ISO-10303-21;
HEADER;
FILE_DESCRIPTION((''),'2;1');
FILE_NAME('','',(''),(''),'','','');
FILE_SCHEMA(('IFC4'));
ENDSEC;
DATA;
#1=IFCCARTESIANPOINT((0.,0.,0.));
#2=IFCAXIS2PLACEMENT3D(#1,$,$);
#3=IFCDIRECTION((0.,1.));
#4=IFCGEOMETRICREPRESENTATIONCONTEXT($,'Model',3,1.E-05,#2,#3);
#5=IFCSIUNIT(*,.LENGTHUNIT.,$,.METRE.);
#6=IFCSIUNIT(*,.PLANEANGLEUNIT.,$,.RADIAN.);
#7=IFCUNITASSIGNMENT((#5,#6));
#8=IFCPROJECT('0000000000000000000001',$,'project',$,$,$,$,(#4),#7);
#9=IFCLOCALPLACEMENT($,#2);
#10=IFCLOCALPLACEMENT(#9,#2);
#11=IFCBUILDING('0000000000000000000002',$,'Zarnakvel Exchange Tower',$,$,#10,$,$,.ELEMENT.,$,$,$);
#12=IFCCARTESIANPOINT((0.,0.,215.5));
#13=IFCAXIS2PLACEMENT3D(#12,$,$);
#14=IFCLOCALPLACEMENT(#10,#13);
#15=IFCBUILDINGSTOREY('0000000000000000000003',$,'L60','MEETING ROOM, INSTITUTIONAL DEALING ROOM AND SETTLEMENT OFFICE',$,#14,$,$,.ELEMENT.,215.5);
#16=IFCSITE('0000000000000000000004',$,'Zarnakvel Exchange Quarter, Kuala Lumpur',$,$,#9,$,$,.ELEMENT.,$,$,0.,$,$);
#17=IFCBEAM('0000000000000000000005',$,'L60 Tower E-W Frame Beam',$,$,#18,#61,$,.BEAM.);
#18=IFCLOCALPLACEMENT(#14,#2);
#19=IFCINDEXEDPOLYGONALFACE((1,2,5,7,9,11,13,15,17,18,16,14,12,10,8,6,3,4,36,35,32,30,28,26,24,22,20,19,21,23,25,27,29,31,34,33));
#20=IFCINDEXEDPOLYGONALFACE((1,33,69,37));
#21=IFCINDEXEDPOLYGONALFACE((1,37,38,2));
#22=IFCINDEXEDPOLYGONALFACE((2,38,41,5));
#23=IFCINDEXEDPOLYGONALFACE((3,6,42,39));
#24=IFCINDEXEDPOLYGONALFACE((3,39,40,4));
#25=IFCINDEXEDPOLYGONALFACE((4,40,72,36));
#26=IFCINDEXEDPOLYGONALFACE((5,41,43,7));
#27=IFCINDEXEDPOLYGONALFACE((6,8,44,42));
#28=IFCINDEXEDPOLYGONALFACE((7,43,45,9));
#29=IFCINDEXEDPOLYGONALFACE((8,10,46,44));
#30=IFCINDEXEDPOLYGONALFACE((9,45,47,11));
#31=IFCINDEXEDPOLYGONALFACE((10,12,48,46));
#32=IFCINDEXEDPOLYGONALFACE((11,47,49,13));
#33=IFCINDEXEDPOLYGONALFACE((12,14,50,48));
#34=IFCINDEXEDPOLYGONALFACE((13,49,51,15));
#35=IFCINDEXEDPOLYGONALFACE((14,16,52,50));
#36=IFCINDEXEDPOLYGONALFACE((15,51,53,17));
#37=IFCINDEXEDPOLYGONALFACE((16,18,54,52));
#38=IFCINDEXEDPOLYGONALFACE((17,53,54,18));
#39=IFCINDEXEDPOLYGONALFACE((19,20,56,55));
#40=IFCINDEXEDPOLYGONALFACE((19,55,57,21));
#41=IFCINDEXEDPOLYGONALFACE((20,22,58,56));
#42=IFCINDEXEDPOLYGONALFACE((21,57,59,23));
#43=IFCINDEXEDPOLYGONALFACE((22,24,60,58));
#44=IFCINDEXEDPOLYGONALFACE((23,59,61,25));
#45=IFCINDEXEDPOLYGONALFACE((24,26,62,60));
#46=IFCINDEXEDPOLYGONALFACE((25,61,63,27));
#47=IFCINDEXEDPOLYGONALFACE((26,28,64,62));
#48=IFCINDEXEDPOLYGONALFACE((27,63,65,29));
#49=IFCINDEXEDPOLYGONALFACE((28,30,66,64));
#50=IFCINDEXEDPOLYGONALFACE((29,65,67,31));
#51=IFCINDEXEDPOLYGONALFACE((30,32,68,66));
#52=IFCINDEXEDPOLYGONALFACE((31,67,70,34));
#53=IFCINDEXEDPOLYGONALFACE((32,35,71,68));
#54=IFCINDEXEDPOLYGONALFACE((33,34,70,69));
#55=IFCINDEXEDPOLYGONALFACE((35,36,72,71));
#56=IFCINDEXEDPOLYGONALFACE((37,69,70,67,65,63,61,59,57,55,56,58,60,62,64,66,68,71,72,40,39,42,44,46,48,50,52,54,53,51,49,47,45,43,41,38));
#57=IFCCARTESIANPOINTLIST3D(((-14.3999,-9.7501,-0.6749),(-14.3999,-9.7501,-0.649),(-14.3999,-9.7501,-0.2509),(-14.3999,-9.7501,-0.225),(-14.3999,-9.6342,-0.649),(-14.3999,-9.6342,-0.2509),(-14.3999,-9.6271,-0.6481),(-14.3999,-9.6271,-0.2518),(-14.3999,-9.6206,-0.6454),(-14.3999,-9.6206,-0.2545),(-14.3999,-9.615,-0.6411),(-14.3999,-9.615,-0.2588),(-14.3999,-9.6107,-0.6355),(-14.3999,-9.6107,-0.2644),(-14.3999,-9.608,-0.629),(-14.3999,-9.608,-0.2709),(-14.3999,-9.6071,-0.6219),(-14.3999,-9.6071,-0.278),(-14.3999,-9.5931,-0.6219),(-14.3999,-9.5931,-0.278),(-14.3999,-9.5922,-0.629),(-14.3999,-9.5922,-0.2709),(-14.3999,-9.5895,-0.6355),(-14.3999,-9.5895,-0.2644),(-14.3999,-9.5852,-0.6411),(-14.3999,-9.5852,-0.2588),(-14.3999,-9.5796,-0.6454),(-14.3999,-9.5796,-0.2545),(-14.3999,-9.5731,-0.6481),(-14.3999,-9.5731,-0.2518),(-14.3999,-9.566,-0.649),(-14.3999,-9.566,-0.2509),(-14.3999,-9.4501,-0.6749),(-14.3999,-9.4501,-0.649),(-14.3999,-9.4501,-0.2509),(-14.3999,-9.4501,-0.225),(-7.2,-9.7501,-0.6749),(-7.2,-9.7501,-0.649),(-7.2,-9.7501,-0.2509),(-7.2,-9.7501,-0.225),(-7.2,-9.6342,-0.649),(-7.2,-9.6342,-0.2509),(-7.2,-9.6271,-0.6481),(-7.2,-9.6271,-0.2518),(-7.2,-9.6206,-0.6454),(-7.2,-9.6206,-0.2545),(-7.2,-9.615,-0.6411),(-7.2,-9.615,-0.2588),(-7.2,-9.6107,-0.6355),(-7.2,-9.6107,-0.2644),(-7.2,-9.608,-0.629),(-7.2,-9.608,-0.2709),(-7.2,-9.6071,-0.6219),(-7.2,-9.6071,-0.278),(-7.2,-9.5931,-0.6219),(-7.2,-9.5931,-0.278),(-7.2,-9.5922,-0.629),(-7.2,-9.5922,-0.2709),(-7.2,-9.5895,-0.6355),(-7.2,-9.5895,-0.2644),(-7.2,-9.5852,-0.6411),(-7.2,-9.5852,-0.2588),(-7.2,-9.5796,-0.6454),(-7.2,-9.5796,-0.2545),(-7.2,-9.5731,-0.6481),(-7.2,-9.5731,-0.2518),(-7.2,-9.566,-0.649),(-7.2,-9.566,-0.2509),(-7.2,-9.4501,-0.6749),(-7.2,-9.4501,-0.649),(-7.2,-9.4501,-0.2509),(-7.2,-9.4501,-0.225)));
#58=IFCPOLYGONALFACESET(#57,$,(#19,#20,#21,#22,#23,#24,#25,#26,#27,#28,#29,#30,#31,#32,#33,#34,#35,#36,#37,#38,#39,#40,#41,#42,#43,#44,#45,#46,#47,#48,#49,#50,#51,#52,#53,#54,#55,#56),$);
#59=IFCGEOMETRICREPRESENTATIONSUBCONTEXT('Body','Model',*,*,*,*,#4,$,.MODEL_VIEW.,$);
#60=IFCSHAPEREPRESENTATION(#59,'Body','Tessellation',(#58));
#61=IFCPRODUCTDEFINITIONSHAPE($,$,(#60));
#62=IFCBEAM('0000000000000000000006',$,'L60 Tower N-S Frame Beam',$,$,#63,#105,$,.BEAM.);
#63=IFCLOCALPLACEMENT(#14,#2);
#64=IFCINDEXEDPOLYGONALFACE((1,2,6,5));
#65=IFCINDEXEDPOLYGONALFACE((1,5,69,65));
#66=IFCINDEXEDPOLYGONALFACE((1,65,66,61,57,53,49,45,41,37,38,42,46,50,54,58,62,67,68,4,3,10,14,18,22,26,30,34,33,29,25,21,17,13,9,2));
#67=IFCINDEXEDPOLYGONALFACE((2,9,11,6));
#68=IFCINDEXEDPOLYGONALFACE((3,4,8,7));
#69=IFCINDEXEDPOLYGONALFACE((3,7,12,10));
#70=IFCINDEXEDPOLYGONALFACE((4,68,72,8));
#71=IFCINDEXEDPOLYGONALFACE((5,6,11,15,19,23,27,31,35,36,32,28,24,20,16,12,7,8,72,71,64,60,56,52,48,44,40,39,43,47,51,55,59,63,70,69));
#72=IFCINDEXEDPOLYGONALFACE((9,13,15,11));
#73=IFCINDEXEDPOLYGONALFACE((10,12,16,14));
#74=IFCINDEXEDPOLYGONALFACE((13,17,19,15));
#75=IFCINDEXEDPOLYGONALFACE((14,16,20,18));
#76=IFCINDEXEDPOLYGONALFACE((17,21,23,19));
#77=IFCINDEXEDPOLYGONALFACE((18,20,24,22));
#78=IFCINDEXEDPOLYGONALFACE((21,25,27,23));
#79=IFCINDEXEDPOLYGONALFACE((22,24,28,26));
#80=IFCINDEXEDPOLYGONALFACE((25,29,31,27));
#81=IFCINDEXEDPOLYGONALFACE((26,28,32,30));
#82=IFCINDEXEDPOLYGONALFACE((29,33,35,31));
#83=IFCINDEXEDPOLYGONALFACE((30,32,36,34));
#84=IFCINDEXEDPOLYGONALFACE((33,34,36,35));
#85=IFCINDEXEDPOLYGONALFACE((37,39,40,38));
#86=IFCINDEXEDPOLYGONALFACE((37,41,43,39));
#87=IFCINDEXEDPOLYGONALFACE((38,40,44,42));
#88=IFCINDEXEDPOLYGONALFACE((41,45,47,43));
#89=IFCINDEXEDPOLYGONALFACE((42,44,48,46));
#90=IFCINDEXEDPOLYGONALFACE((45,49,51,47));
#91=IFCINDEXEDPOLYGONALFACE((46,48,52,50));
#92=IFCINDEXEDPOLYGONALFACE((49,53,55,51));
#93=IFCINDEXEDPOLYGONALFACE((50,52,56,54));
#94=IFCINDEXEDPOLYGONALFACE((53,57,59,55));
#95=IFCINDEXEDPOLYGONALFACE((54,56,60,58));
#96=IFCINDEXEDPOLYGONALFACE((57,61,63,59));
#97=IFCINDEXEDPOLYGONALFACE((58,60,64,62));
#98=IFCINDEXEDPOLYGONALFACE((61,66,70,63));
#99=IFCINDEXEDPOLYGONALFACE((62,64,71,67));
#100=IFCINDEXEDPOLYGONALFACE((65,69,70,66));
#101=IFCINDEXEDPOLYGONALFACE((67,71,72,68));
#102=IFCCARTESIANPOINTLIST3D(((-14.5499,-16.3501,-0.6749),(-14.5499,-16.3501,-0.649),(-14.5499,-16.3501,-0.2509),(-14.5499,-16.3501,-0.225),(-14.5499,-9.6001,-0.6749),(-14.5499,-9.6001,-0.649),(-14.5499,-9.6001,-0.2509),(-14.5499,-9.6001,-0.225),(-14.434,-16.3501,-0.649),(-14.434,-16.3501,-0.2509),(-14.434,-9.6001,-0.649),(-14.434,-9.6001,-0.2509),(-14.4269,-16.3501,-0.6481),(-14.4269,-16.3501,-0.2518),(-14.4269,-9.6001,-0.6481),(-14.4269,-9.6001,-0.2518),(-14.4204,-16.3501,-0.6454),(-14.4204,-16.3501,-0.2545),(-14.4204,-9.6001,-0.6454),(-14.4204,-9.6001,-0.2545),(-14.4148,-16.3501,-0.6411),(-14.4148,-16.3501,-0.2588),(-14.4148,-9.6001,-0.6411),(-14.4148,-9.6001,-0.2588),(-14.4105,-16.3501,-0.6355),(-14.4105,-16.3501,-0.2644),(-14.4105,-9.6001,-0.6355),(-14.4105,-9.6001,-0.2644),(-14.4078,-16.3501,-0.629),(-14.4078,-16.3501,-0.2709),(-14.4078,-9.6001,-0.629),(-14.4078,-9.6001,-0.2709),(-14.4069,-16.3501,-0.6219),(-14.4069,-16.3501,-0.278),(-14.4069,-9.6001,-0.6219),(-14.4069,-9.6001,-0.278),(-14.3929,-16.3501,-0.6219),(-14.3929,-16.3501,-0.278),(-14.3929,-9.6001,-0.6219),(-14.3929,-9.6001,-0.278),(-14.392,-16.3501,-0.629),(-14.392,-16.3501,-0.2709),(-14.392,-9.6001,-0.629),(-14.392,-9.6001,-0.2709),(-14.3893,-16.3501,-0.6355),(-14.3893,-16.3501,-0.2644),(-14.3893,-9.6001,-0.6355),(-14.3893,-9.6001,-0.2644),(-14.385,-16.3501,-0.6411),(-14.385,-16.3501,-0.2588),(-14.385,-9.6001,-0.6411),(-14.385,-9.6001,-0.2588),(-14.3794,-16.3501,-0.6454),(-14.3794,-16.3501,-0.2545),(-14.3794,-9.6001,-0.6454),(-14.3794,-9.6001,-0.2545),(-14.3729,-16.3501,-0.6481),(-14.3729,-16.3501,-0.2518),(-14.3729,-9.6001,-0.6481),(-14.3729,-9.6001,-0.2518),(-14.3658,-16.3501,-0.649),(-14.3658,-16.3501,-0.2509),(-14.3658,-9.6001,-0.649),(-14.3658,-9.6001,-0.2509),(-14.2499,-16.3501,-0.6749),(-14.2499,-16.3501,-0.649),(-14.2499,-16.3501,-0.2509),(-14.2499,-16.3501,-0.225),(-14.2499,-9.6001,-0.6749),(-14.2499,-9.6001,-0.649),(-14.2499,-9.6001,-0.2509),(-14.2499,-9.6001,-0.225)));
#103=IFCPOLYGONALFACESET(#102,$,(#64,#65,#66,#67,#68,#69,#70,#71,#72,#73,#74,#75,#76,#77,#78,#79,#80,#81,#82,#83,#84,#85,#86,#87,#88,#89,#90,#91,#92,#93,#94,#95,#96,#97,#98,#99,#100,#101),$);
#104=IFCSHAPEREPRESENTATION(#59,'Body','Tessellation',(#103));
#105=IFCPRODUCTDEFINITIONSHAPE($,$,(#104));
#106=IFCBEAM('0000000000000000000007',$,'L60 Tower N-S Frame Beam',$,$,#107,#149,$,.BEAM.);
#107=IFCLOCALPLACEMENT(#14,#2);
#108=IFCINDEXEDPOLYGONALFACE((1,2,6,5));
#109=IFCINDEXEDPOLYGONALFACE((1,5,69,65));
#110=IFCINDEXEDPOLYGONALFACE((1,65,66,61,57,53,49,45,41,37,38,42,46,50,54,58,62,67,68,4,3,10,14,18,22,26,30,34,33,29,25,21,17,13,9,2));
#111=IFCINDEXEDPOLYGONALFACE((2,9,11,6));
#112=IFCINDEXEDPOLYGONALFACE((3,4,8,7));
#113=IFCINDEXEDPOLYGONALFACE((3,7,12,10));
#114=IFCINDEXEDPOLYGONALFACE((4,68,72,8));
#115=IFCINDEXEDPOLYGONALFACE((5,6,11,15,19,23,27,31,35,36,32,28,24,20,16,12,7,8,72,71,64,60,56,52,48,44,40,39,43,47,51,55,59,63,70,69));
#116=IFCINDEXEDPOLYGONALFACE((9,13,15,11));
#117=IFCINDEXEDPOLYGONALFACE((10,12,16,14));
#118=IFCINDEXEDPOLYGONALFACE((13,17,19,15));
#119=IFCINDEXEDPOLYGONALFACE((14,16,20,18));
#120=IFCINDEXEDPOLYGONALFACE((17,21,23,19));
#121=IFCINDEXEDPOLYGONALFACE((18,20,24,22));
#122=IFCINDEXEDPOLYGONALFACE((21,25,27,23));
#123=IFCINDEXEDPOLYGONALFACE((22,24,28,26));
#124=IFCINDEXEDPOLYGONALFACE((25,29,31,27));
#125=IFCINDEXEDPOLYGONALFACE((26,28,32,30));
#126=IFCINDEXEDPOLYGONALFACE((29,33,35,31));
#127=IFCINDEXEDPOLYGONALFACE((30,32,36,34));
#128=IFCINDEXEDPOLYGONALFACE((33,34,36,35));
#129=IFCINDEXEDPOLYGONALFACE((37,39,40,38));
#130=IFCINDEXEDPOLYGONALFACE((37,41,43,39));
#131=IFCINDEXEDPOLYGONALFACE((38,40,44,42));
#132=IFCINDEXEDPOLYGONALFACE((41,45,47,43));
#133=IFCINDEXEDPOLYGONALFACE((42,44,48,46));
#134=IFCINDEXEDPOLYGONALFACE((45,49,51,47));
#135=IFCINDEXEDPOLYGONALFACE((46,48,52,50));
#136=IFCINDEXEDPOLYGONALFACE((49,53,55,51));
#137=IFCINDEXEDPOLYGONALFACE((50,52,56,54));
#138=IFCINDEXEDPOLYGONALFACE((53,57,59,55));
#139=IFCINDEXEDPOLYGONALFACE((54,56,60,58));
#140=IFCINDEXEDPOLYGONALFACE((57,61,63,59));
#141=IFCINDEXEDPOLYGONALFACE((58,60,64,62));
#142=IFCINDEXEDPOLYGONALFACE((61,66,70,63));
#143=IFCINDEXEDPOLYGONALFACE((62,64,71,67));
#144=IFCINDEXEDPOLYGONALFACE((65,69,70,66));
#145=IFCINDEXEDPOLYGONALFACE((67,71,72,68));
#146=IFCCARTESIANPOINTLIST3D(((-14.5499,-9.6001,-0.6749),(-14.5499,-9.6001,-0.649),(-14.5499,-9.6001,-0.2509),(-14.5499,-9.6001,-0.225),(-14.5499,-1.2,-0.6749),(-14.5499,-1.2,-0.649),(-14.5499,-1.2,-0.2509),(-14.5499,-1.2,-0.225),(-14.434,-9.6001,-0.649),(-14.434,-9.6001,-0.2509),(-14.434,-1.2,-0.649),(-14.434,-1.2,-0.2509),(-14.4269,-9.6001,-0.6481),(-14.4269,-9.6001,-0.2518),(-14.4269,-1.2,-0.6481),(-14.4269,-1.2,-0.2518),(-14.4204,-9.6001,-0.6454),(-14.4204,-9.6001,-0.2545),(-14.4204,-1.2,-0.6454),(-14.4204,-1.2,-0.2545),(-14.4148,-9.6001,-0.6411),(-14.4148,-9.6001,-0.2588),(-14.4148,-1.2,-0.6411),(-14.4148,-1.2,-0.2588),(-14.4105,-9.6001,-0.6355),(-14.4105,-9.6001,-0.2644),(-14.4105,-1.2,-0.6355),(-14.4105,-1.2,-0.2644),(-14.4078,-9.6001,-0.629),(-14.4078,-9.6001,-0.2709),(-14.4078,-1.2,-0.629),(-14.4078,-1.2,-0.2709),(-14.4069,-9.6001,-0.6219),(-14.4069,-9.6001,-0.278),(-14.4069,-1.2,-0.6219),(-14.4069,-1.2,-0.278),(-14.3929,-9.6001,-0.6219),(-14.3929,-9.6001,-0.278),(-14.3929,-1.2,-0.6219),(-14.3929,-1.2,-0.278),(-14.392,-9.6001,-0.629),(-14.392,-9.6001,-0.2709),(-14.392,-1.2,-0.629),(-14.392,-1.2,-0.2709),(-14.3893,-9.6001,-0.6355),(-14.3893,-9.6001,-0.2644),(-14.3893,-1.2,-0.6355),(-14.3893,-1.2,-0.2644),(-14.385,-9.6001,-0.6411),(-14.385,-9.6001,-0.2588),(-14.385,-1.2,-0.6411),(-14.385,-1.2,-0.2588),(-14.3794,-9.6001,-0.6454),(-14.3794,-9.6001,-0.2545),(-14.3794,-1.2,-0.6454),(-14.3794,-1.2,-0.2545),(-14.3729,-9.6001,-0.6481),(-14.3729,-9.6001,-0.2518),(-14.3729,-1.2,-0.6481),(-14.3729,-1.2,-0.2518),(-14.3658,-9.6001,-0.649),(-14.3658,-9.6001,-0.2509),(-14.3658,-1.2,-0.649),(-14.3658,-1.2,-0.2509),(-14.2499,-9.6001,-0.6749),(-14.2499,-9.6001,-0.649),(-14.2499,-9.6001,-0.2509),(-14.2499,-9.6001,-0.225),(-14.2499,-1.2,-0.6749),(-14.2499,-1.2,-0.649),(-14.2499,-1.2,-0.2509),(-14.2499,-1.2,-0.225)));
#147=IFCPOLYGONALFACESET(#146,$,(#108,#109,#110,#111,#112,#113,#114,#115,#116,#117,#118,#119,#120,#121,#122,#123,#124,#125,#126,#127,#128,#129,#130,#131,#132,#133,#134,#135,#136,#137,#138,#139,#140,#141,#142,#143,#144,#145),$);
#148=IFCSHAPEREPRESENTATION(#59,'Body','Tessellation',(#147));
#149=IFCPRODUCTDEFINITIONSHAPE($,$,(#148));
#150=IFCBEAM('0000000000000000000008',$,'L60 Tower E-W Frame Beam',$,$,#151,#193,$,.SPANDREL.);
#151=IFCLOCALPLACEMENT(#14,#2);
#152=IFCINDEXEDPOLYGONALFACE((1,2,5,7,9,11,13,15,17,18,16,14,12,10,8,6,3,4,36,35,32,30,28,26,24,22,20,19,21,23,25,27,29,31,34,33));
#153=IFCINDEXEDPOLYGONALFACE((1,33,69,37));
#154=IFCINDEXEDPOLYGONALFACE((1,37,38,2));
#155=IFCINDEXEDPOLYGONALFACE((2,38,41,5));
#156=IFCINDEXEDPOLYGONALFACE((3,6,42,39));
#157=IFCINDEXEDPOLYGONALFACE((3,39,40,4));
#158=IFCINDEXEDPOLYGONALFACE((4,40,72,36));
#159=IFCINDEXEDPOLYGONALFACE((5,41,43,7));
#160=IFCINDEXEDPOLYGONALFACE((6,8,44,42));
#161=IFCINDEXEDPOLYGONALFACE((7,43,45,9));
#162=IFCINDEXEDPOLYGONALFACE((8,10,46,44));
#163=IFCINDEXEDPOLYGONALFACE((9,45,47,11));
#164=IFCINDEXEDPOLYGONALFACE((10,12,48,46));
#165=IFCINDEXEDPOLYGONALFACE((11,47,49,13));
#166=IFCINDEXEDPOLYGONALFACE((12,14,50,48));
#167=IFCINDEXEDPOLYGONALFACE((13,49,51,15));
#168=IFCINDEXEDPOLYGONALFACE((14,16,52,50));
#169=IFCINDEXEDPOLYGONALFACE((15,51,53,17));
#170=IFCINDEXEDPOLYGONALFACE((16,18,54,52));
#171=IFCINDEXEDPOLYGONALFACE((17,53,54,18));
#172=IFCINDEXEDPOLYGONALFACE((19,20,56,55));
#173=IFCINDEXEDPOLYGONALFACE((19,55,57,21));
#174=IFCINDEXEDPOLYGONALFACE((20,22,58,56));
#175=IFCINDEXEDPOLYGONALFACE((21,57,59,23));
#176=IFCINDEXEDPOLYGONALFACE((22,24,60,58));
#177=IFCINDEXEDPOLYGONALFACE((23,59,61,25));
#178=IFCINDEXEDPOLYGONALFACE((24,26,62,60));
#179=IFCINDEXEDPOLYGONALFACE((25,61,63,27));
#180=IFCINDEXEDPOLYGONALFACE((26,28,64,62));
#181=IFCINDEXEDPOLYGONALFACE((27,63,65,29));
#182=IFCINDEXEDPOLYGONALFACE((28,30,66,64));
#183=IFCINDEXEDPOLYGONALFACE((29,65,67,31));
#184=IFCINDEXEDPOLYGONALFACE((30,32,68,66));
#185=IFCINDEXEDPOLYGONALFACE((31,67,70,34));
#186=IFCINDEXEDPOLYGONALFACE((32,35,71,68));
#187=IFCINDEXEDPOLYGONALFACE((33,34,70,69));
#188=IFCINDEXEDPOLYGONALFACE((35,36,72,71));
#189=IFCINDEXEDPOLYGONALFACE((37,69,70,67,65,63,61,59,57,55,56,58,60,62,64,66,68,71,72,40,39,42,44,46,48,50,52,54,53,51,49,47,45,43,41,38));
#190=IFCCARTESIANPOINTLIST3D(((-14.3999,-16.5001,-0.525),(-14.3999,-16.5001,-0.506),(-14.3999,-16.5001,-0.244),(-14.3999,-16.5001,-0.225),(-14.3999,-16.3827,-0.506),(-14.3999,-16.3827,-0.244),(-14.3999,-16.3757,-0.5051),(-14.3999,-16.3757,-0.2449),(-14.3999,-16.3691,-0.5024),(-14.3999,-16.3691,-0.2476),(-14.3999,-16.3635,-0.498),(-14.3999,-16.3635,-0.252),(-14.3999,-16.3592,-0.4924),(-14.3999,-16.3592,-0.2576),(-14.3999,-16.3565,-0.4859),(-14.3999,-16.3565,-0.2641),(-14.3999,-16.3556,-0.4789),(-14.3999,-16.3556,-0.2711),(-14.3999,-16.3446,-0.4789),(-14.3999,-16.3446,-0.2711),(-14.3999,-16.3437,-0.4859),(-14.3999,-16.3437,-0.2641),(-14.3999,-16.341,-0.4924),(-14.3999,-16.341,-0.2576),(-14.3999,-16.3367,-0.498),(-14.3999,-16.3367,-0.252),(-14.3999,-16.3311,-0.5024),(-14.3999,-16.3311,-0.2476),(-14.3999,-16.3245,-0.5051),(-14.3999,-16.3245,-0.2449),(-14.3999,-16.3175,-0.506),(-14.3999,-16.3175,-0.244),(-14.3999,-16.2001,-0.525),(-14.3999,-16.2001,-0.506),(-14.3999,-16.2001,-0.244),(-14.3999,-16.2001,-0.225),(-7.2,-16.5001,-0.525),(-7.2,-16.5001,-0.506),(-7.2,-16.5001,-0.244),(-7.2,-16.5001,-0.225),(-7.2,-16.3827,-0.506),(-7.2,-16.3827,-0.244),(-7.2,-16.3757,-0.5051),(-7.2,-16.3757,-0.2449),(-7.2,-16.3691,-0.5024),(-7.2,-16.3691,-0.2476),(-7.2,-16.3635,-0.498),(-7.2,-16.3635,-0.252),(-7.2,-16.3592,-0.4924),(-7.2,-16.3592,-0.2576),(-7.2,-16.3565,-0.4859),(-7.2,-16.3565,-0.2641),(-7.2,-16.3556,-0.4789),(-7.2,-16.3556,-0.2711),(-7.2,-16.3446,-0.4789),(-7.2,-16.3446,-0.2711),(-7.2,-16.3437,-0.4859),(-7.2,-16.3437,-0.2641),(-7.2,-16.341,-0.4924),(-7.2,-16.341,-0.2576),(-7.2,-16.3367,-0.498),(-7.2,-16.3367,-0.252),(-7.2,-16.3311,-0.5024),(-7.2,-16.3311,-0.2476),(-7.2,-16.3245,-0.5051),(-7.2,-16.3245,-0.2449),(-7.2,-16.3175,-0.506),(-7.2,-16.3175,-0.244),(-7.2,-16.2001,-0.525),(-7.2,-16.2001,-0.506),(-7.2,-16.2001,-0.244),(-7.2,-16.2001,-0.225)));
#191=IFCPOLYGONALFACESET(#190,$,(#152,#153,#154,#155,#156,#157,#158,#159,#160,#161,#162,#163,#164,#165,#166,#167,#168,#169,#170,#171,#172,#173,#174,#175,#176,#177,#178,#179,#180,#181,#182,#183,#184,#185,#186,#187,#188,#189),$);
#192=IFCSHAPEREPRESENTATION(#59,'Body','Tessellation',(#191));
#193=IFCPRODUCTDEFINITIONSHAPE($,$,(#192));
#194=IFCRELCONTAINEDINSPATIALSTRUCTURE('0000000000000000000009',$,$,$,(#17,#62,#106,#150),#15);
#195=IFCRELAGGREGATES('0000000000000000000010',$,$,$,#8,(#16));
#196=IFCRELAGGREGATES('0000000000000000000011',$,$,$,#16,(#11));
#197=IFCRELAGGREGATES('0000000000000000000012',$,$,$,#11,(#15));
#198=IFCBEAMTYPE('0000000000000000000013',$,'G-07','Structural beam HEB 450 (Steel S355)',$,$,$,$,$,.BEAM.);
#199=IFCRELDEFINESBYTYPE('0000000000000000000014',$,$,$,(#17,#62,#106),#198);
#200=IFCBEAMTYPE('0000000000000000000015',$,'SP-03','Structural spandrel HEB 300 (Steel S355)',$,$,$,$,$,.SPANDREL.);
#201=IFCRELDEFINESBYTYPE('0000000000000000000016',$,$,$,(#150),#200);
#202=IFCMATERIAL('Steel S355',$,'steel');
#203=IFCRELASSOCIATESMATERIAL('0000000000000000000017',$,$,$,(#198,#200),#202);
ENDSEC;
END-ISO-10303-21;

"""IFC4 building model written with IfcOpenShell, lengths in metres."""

from ifc_helpers import new_model, si_unit, direction, frame, origin, origin_2d, place, context, subcontext, project, spatial, i_section, extrude, material, material_profile, profile_set, type_object, element, save


model = new_model("IFC4")

# Units and contexts
model_context = context("Model", 3, precision=1e-05, world=origin(), true_north=direction((0.0, 1.0)))
body_context = subcontext(model_context, "Body", "Model", "MODEL_VIEW")
ifc_project = project(units=[si_unit("LENGTHUNIT", "METRE"), si_unit("PLANEANGLEUNIT", "RADIAN")], contexts=[model_context])

# Site, building, storey
site_placement = place(None, origin())
site = spatial("IfcSite", under=ifc_project, at=site_placement, Name="Zarnakvel Exchange Quarter, Kuala Lumpur", CompositionType="ELEMENT", RefElevation=0.0)
building_placement = place(site_placement, origin())
building = spatial("IfcBuilding", under=site, at=building_placement, Name="Zarnakvel Exchange Tower", CompositionType="ELEMENT")
storey_placement = place(building_placement, frame((0.0, 0.0, 215.5)))
storey = spatial("IfcBuildingStorey", under=building, at=storey_placement, Name="L60", Description="MEETING ROOM, INSTITUTIONAL DEALING ROOM AND SETTLEMENT OFFICE", CompositionType="ELEMENT", Elevation=215.5)

# Shared definitions
ifc_material_1 = material(Name="Steel S355", Category="steel")

# Beams
ifc_material_profile_1 = material_profile(ifc_material_1, i_section(OverallWidth=0.3, OverallDepth=0.45, WebThickness=0.0139, FlangeThickness=0.0259, FilletRadius=0.0271, at=origin_2d()))
ifc_profile_set_1 = profile_set([ifc_material_profile_1], Name="Steel S355")
beam_type_1 = type_object("IfcBeamType", Name="G-07", Description="Structural beam HEB 450 (Steel S355)", PredefinedType="BEAM", material=ifc_profile_set_1)
beam_1_placement = place(storey_placement, frame((-14.3999, -9.6001, -0.45), z_axis=(1.0, 0.0, 0.0), x_axis=(0.0, 1.0, 0.0)))
element("IfcBeam", 1, at=beam_1_placement, inside=storey, type_object=beam_type_1, Name="L60 Tower E-W Frame Beam", PredefinedType="BEAM", context=body_context, shape_type="SweptSolid", body=[
    extrude(i_section(OverallWidth=0.3, OverallDepth=0.45, WebThickness=0.0139, FlangeThickness=0.0259, FilletRadius=0.0271, at=origin_2d()), origin(), (0.0, 0.0, 1.0), 7.2),
])
beam_2_placement = place(storey_placement, frame((-14.3999, -16.3501, -0.45), z_axis=(0.0, 1.0, 0.0), x_axis=(-1.0, 0.0, 0.0)))
element("IfcBeam", 2, at=beam_2_placement, inside=storey, type_object=beam_type_1, Name="L60 Tower N-S Frame Beam", PredefinedType="BEAM", context=body_context, shape_type="SweptSolid", body=[
    extrude(i_section(OverallWidth=0.3, OverallDepth=0.45, WebThickness=0.0139, FlangeThickness=0.0259, FilletRadius=0.0271, at=origin_2d()), origin(), (0.0, 0.0, 1.0), 6.75),
])
beam_3_placement = place(storey_placement, frame((-14.3999, -9.6001, -0.45), z_axis=(0.0, 1.0, 0.0), x_axis=(-1.0, 0.0, 0.0)))
element("IfcBeam", 3, at=beam_3_placement, inside=storey, type_object=beam_type_1, Name="L60 Tower N-S Frame Beam", PredefinedType="BEAM", context=body_context, shape_type="SweptSolid", body=[
    extrude(i_section(OverallWidth=0.3, OverallDepth=0.45, WebThickness=0.0139, FlangeThickness=0.0259, FilletRadius=0.0271, at=origin_2d()), origin(), (0.0, 0.0, 1.0), 8.4001),
])
ifc_material_profile_2 = material_profile(ifc_material_1, i_section(OverallWidth=0.3, OverallDepth=0.3, WebThickness=0.011, FlangeThickness=0.019, FilletRadius=0.0271, at=origin_2d()))
ifc_profile_set_2 = profile_set([ifc_material_profile_2], Name="Steel S355")
beam_type_2 = type_object("IfcBeamType", Name="SP-03", Description="Structural spandrel HEB 300 (Steel S355)", PredefinedType="SPANDREL", material=ifc_profile_set_2)
beam_4_placement = place(storey_placement, frame((-14.3999, -16.3501, -0.375), z_axis=(1.0, 0.0, 0.0), x_axis=(0.0, 1.0, 0.0)))
element("IfcBeam", 4, at=beam_4_placement, inside=storey, type_object=beam_type_2, Name="L60 Tower E-W Frame Beam", PredefinedType="SPANDREL", context=body_context, shape_type="SweptSolid", body=[
    extrude(i_section(OverallWidth=0.3, OverallDepth=0.3, WebThickness=0.011, FlangeThickness=0.019, FilletRadius=0.0271, at=origin_2d()), origin(), (0.0, 0.0, 1.0), 7.2),
])

save(model, "model.ifc")
